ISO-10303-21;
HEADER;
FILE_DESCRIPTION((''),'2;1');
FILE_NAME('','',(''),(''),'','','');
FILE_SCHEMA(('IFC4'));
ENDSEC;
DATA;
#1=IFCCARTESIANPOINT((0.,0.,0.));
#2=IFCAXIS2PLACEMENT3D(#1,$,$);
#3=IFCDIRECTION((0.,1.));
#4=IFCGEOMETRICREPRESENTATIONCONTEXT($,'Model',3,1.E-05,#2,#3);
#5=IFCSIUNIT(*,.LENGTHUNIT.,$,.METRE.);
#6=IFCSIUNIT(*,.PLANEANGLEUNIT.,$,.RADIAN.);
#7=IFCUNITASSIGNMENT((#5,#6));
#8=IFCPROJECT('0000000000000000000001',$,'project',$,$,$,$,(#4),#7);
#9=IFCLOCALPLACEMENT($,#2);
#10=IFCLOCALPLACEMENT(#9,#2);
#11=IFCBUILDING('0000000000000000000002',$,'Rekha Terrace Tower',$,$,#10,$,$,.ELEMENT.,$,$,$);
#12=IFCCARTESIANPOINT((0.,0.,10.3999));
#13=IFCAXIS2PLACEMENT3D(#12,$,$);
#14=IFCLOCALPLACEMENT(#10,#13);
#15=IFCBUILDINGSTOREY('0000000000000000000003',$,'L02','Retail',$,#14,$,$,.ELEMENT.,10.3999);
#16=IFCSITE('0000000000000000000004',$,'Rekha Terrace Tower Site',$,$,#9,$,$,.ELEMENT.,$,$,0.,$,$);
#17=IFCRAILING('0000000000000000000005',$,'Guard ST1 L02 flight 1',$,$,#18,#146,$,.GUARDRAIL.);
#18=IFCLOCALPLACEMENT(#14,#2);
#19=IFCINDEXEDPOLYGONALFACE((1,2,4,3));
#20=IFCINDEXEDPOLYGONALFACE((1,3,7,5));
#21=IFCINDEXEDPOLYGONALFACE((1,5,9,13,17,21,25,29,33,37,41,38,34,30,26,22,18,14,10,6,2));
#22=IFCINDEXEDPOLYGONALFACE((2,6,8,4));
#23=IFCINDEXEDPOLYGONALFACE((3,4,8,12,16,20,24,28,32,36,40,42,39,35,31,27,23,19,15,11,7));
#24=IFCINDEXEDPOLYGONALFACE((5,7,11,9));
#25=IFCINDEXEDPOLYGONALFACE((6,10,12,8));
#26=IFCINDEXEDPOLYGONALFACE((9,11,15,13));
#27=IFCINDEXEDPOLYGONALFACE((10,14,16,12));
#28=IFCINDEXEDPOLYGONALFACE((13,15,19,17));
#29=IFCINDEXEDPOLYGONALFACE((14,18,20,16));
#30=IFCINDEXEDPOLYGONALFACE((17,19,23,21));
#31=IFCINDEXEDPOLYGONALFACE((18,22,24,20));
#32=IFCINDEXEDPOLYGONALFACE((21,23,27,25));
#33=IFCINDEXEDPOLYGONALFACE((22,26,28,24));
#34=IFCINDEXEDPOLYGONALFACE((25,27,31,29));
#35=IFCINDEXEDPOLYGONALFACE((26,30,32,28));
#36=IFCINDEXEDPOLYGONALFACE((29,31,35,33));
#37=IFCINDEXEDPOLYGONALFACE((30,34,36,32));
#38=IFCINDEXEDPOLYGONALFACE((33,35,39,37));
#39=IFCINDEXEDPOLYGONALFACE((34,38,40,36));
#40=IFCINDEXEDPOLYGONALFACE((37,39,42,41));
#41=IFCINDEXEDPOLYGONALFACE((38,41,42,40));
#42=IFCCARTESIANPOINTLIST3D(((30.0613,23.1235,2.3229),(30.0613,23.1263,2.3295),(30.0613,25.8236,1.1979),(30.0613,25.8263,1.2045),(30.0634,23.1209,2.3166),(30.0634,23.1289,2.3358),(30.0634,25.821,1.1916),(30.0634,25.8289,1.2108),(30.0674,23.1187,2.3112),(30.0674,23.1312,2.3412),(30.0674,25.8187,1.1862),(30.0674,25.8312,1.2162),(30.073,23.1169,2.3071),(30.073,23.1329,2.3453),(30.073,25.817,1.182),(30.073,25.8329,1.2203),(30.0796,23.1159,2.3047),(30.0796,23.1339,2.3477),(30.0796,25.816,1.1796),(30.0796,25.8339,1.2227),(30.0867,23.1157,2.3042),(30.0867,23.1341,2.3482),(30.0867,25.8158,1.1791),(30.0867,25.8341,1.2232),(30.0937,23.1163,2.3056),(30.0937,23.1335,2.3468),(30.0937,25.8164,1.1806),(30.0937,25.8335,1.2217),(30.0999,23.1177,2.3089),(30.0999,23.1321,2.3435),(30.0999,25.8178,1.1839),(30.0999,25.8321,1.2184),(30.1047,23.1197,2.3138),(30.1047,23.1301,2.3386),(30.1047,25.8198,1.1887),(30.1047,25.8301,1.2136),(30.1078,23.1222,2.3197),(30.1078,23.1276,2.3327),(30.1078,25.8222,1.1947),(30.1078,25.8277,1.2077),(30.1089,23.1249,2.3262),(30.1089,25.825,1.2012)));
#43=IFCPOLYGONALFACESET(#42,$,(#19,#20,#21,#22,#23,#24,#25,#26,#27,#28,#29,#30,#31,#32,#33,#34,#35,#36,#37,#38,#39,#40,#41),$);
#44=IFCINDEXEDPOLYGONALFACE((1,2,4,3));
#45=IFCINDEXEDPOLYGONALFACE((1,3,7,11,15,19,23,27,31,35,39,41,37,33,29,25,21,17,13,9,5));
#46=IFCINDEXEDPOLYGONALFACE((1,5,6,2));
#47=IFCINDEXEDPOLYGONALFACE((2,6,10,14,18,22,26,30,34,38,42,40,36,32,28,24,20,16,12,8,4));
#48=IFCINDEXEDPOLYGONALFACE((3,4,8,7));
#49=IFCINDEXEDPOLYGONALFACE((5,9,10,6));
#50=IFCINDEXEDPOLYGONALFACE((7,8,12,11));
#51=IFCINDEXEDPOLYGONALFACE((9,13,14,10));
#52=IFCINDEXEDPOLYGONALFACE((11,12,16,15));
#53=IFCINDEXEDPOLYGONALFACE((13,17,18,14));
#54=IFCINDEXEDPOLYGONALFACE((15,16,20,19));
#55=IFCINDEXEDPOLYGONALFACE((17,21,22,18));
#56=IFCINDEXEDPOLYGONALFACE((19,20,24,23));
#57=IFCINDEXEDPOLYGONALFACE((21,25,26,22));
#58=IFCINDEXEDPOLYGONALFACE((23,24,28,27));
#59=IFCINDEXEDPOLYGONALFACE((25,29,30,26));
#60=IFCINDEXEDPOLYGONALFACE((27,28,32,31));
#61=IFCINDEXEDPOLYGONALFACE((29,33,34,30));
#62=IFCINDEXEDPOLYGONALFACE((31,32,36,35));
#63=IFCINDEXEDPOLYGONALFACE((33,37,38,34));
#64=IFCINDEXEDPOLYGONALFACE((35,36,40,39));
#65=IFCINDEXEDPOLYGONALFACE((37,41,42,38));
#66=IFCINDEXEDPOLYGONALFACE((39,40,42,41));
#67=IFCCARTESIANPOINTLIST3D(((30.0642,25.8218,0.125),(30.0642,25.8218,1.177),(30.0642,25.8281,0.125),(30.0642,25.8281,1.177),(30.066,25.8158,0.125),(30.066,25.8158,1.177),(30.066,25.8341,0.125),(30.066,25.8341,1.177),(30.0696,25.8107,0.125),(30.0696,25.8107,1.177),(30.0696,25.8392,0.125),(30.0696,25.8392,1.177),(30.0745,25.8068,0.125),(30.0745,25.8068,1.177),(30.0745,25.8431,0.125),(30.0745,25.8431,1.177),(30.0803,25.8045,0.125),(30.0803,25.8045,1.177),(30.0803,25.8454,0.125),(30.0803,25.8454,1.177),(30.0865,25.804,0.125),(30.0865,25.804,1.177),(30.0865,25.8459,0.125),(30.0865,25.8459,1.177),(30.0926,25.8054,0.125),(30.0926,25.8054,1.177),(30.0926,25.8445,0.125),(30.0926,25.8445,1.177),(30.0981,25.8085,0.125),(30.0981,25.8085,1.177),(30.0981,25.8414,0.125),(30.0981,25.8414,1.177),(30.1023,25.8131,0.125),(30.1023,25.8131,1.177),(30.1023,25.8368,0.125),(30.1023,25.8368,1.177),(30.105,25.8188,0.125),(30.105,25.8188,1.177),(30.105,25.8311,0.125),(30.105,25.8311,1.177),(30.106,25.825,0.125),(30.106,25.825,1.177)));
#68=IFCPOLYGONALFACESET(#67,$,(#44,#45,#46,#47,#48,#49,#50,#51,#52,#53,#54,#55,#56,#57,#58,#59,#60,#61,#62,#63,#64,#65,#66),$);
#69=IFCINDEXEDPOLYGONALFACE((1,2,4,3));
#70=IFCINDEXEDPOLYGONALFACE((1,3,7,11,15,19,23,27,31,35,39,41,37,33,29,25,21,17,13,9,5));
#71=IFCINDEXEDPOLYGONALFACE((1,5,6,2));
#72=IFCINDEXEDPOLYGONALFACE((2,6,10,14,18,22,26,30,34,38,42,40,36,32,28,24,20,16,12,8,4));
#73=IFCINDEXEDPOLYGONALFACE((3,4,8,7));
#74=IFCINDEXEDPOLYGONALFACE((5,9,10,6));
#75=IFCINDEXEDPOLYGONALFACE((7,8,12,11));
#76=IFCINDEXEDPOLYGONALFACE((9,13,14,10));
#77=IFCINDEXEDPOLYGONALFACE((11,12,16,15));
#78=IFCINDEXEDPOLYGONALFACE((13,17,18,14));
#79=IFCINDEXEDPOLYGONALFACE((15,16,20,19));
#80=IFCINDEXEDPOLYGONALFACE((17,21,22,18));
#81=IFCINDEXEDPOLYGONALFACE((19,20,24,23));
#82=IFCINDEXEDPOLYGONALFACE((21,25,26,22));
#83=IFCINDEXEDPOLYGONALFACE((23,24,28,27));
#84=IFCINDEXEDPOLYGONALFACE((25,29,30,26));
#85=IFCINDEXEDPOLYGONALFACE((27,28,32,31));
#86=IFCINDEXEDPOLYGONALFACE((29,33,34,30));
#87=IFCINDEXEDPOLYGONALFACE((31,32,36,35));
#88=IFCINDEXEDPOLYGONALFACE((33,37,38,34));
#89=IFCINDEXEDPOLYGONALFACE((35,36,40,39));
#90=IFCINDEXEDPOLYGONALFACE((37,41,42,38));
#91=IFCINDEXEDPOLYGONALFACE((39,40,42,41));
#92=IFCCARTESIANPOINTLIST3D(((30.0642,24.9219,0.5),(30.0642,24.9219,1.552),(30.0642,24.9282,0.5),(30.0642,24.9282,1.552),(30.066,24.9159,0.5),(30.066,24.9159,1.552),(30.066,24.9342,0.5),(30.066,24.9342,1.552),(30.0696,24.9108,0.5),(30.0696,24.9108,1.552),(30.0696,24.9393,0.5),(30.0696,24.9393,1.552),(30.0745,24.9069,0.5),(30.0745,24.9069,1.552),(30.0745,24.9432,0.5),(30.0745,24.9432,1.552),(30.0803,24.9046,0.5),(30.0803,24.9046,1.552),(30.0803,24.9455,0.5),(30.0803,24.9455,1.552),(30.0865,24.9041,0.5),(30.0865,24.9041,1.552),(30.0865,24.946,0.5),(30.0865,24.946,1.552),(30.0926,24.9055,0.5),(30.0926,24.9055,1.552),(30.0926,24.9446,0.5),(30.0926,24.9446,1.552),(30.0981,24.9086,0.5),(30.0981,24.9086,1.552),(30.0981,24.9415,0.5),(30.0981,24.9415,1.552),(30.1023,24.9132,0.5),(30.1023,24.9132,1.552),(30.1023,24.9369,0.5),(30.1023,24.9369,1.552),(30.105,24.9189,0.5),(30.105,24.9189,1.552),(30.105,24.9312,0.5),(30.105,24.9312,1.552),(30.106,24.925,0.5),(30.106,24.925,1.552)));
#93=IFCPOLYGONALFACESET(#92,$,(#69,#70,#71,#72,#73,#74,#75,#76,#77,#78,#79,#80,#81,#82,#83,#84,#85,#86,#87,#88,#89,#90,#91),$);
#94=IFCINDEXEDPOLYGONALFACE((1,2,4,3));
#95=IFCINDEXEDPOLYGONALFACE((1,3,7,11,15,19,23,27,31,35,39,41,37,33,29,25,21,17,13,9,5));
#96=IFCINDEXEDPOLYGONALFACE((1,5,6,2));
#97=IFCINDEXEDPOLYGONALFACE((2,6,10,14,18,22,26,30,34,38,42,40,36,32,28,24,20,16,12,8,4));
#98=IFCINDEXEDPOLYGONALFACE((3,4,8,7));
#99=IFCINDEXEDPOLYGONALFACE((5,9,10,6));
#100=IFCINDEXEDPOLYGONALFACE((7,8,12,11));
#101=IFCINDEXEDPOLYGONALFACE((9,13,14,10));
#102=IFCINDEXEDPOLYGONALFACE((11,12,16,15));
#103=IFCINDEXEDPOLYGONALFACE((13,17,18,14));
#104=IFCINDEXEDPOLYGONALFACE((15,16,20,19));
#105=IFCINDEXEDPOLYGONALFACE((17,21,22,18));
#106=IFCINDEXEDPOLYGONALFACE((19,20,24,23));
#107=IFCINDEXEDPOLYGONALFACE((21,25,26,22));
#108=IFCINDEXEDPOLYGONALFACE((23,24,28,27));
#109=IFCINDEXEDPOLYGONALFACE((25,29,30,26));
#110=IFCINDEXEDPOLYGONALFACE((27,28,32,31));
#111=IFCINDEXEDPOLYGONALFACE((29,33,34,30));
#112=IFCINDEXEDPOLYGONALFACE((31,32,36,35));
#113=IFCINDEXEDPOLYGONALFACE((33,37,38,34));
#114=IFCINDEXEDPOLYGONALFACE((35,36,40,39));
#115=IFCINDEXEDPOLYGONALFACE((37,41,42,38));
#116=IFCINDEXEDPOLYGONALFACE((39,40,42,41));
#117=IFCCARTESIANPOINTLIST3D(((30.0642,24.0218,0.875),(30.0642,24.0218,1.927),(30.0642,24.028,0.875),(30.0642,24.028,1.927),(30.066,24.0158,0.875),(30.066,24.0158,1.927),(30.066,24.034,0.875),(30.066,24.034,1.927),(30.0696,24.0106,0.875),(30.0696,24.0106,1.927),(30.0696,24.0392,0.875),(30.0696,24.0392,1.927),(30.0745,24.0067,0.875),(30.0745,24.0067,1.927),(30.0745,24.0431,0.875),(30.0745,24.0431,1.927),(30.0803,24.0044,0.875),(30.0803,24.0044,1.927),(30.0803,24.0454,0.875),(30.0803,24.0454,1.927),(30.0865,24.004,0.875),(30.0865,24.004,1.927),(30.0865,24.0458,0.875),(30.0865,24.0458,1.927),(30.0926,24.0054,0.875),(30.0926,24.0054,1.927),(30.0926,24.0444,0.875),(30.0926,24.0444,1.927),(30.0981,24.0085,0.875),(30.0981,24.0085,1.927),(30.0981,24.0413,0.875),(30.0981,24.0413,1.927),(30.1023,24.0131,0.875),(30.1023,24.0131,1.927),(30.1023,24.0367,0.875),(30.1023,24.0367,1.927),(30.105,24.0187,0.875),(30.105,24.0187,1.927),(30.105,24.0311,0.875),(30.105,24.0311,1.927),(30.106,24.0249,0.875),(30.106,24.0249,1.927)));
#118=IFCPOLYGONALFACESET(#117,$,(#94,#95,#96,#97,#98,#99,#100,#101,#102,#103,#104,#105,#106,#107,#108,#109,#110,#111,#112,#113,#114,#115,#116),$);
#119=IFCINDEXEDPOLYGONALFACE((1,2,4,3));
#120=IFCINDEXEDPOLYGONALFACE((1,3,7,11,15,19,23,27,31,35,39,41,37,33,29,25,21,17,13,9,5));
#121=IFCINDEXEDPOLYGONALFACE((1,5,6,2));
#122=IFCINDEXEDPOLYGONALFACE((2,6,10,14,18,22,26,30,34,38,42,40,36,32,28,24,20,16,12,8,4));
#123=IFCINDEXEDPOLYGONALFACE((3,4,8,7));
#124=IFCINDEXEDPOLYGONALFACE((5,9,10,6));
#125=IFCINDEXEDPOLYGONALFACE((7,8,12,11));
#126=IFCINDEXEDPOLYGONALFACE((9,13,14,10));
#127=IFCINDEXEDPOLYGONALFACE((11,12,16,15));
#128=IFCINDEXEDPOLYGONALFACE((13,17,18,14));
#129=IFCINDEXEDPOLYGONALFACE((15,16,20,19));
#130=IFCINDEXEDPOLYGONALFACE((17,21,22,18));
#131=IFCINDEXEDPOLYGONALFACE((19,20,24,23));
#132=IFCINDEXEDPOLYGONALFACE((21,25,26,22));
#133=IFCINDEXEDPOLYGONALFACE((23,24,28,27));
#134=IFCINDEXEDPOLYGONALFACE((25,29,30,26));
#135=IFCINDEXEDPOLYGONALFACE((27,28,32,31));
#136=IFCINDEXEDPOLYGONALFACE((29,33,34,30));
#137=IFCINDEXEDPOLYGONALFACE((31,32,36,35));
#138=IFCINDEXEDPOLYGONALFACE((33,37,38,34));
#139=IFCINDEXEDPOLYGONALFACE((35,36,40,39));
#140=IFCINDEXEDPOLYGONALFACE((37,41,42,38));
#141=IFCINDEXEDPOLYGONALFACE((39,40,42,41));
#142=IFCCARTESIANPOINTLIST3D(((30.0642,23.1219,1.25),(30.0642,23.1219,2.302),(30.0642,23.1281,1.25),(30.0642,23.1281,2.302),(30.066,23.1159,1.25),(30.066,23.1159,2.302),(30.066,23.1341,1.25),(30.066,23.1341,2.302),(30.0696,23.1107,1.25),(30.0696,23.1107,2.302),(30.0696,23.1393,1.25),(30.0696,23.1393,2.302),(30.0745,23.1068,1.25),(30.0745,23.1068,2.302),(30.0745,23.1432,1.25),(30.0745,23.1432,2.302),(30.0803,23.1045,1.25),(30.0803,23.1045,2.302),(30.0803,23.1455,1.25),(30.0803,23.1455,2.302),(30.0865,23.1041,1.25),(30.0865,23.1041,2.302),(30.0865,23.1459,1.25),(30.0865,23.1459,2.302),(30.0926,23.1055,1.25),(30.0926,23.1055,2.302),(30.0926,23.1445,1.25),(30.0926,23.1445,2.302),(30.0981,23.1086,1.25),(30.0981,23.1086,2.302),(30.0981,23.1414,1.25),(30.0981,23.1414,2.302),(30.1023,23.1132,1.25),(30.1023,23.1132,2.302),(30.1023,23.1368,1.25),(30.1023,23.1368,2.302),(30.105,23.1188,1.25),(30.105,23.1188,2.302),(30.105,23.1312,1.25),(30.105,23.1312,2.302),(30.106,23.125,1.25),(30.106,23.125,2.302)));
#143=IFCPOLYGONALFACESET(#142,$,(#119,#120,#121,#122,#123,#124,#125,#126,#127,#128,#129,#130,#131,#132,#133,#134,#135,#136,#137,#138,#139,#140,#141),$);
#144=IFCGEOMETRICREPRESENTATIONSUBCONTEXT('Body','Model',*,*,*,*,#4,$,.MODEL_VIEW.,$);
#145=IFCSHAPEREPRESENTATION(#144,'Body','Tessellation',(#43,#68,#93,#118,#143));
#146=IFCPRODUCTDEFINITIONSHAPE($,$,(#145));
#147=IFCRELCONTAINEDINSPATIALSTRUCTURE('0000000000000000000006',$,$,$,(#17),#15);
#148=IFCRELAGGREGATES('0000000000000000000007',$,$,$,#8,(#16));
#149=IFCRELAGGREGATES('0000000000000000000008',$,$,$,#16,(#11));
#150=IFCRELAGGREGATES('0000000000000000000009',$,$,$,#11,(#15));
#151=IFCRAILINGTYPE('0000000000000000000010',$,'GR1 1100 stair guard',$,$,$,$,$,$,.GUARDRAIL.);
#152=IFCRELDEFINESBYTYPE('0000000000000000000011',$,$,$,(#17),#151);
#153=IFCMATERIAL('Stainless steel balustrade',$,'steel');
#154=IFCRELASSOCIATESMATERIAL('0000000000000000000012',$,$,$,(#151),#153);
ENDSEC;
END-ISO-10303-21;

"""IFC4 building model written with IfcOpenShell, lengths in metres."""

from ifc_helpers import new_model, si_unit, direction, frame, origin, origin_2d, place, context, subcontext, project, spatial, circle, extrude, material, type_object, element, save


model = new_model("IFC4")

# Units and contexts
model_context = context("Model", 3, precision=1e-05, world=origin(), true_north=direction((0.0, 1.0)))
body_context = subcontext(model_context, "Body", "Model", "MODEL_VIEW")
ifc_project = project(units=[si_unit("LENGTHUNIT", "METRE"), si_unit("PLANEANGLEUNIT", "RADIAN")], contexts=[model_context])

# Site, building, storey
site_placement = place(None, origin())
site = spatial("IfcSite", under=ifc_project, at=site_placement, Name="Rekha Terrace Tower Site", CompositionType="ELEMENT", RefElevation=0.0)
building_placement = place(site_placement, origin())
building = spatial("IfcBuilding", under=site, at=building_placement, Name="Rekha Terrace Tower", CompositionType="ELEMENT")
storey_placement = place(building_placement, frame((0.0, 0.0, 10.3999)))
storey = spatial("IfcBuildingStorey", under=building, at=storey_placement, Name="L02", Description="Retail", CompositionType="ELEMENT", Elevation=10.3999)

# Railing
ifc_material_1 = material(Name="Stainless steel balustrade", Category="steel")
railing_type_1 = type_object("IfcRailingType", Name="GR1 1100 stair guard", PredefinedType="GUARDRAIL", material=ifc_material_1)
railing_1_placement = place(storey_placement, frame((30.085, 25.825, 0.125)))
element("IfcRailing", 1, at=railing_1_placement, inside=storey, type_object=railing_type_1, Name="Guard ST1 L02 flight 1", PredefinedType="GUARDRAIL", context=body_context, shape_type="SweptSolid", body=[
    extrude(circle(Radius=0.0239, at=origin_2d()), frame((0.0, 0.0, 1.0762), z_axis=(0.0, -0.923074, 0.384621), x_axis=(1.0, 0.0, 0.0)), (0.0, 0.0, 1.0), 2.925),
    extrude(circle(Radius=0.021, at=origin_2d()), origin(), (0.0, 0.0, 1.0), 1.052),
    extrude(circle(Radius=0.021, at=origin_2d()), frame((0.0, -0.8999, 0.375)), (0.0, 0.0, 1.0), 1.052),
    extrude(circle(Radius=0.021, at=origin_2d()), frame((0.0, -1.8, 0.75)), (0.0, 0.0, 1.0), 1.052),
    extrude(circle(Radius=0.021, at=origin_2d()), frame((0.0, -2.7, 1.125)), (0.0, 0.0, 1.0), 1.052),
])

save(model, "model.ifc")
